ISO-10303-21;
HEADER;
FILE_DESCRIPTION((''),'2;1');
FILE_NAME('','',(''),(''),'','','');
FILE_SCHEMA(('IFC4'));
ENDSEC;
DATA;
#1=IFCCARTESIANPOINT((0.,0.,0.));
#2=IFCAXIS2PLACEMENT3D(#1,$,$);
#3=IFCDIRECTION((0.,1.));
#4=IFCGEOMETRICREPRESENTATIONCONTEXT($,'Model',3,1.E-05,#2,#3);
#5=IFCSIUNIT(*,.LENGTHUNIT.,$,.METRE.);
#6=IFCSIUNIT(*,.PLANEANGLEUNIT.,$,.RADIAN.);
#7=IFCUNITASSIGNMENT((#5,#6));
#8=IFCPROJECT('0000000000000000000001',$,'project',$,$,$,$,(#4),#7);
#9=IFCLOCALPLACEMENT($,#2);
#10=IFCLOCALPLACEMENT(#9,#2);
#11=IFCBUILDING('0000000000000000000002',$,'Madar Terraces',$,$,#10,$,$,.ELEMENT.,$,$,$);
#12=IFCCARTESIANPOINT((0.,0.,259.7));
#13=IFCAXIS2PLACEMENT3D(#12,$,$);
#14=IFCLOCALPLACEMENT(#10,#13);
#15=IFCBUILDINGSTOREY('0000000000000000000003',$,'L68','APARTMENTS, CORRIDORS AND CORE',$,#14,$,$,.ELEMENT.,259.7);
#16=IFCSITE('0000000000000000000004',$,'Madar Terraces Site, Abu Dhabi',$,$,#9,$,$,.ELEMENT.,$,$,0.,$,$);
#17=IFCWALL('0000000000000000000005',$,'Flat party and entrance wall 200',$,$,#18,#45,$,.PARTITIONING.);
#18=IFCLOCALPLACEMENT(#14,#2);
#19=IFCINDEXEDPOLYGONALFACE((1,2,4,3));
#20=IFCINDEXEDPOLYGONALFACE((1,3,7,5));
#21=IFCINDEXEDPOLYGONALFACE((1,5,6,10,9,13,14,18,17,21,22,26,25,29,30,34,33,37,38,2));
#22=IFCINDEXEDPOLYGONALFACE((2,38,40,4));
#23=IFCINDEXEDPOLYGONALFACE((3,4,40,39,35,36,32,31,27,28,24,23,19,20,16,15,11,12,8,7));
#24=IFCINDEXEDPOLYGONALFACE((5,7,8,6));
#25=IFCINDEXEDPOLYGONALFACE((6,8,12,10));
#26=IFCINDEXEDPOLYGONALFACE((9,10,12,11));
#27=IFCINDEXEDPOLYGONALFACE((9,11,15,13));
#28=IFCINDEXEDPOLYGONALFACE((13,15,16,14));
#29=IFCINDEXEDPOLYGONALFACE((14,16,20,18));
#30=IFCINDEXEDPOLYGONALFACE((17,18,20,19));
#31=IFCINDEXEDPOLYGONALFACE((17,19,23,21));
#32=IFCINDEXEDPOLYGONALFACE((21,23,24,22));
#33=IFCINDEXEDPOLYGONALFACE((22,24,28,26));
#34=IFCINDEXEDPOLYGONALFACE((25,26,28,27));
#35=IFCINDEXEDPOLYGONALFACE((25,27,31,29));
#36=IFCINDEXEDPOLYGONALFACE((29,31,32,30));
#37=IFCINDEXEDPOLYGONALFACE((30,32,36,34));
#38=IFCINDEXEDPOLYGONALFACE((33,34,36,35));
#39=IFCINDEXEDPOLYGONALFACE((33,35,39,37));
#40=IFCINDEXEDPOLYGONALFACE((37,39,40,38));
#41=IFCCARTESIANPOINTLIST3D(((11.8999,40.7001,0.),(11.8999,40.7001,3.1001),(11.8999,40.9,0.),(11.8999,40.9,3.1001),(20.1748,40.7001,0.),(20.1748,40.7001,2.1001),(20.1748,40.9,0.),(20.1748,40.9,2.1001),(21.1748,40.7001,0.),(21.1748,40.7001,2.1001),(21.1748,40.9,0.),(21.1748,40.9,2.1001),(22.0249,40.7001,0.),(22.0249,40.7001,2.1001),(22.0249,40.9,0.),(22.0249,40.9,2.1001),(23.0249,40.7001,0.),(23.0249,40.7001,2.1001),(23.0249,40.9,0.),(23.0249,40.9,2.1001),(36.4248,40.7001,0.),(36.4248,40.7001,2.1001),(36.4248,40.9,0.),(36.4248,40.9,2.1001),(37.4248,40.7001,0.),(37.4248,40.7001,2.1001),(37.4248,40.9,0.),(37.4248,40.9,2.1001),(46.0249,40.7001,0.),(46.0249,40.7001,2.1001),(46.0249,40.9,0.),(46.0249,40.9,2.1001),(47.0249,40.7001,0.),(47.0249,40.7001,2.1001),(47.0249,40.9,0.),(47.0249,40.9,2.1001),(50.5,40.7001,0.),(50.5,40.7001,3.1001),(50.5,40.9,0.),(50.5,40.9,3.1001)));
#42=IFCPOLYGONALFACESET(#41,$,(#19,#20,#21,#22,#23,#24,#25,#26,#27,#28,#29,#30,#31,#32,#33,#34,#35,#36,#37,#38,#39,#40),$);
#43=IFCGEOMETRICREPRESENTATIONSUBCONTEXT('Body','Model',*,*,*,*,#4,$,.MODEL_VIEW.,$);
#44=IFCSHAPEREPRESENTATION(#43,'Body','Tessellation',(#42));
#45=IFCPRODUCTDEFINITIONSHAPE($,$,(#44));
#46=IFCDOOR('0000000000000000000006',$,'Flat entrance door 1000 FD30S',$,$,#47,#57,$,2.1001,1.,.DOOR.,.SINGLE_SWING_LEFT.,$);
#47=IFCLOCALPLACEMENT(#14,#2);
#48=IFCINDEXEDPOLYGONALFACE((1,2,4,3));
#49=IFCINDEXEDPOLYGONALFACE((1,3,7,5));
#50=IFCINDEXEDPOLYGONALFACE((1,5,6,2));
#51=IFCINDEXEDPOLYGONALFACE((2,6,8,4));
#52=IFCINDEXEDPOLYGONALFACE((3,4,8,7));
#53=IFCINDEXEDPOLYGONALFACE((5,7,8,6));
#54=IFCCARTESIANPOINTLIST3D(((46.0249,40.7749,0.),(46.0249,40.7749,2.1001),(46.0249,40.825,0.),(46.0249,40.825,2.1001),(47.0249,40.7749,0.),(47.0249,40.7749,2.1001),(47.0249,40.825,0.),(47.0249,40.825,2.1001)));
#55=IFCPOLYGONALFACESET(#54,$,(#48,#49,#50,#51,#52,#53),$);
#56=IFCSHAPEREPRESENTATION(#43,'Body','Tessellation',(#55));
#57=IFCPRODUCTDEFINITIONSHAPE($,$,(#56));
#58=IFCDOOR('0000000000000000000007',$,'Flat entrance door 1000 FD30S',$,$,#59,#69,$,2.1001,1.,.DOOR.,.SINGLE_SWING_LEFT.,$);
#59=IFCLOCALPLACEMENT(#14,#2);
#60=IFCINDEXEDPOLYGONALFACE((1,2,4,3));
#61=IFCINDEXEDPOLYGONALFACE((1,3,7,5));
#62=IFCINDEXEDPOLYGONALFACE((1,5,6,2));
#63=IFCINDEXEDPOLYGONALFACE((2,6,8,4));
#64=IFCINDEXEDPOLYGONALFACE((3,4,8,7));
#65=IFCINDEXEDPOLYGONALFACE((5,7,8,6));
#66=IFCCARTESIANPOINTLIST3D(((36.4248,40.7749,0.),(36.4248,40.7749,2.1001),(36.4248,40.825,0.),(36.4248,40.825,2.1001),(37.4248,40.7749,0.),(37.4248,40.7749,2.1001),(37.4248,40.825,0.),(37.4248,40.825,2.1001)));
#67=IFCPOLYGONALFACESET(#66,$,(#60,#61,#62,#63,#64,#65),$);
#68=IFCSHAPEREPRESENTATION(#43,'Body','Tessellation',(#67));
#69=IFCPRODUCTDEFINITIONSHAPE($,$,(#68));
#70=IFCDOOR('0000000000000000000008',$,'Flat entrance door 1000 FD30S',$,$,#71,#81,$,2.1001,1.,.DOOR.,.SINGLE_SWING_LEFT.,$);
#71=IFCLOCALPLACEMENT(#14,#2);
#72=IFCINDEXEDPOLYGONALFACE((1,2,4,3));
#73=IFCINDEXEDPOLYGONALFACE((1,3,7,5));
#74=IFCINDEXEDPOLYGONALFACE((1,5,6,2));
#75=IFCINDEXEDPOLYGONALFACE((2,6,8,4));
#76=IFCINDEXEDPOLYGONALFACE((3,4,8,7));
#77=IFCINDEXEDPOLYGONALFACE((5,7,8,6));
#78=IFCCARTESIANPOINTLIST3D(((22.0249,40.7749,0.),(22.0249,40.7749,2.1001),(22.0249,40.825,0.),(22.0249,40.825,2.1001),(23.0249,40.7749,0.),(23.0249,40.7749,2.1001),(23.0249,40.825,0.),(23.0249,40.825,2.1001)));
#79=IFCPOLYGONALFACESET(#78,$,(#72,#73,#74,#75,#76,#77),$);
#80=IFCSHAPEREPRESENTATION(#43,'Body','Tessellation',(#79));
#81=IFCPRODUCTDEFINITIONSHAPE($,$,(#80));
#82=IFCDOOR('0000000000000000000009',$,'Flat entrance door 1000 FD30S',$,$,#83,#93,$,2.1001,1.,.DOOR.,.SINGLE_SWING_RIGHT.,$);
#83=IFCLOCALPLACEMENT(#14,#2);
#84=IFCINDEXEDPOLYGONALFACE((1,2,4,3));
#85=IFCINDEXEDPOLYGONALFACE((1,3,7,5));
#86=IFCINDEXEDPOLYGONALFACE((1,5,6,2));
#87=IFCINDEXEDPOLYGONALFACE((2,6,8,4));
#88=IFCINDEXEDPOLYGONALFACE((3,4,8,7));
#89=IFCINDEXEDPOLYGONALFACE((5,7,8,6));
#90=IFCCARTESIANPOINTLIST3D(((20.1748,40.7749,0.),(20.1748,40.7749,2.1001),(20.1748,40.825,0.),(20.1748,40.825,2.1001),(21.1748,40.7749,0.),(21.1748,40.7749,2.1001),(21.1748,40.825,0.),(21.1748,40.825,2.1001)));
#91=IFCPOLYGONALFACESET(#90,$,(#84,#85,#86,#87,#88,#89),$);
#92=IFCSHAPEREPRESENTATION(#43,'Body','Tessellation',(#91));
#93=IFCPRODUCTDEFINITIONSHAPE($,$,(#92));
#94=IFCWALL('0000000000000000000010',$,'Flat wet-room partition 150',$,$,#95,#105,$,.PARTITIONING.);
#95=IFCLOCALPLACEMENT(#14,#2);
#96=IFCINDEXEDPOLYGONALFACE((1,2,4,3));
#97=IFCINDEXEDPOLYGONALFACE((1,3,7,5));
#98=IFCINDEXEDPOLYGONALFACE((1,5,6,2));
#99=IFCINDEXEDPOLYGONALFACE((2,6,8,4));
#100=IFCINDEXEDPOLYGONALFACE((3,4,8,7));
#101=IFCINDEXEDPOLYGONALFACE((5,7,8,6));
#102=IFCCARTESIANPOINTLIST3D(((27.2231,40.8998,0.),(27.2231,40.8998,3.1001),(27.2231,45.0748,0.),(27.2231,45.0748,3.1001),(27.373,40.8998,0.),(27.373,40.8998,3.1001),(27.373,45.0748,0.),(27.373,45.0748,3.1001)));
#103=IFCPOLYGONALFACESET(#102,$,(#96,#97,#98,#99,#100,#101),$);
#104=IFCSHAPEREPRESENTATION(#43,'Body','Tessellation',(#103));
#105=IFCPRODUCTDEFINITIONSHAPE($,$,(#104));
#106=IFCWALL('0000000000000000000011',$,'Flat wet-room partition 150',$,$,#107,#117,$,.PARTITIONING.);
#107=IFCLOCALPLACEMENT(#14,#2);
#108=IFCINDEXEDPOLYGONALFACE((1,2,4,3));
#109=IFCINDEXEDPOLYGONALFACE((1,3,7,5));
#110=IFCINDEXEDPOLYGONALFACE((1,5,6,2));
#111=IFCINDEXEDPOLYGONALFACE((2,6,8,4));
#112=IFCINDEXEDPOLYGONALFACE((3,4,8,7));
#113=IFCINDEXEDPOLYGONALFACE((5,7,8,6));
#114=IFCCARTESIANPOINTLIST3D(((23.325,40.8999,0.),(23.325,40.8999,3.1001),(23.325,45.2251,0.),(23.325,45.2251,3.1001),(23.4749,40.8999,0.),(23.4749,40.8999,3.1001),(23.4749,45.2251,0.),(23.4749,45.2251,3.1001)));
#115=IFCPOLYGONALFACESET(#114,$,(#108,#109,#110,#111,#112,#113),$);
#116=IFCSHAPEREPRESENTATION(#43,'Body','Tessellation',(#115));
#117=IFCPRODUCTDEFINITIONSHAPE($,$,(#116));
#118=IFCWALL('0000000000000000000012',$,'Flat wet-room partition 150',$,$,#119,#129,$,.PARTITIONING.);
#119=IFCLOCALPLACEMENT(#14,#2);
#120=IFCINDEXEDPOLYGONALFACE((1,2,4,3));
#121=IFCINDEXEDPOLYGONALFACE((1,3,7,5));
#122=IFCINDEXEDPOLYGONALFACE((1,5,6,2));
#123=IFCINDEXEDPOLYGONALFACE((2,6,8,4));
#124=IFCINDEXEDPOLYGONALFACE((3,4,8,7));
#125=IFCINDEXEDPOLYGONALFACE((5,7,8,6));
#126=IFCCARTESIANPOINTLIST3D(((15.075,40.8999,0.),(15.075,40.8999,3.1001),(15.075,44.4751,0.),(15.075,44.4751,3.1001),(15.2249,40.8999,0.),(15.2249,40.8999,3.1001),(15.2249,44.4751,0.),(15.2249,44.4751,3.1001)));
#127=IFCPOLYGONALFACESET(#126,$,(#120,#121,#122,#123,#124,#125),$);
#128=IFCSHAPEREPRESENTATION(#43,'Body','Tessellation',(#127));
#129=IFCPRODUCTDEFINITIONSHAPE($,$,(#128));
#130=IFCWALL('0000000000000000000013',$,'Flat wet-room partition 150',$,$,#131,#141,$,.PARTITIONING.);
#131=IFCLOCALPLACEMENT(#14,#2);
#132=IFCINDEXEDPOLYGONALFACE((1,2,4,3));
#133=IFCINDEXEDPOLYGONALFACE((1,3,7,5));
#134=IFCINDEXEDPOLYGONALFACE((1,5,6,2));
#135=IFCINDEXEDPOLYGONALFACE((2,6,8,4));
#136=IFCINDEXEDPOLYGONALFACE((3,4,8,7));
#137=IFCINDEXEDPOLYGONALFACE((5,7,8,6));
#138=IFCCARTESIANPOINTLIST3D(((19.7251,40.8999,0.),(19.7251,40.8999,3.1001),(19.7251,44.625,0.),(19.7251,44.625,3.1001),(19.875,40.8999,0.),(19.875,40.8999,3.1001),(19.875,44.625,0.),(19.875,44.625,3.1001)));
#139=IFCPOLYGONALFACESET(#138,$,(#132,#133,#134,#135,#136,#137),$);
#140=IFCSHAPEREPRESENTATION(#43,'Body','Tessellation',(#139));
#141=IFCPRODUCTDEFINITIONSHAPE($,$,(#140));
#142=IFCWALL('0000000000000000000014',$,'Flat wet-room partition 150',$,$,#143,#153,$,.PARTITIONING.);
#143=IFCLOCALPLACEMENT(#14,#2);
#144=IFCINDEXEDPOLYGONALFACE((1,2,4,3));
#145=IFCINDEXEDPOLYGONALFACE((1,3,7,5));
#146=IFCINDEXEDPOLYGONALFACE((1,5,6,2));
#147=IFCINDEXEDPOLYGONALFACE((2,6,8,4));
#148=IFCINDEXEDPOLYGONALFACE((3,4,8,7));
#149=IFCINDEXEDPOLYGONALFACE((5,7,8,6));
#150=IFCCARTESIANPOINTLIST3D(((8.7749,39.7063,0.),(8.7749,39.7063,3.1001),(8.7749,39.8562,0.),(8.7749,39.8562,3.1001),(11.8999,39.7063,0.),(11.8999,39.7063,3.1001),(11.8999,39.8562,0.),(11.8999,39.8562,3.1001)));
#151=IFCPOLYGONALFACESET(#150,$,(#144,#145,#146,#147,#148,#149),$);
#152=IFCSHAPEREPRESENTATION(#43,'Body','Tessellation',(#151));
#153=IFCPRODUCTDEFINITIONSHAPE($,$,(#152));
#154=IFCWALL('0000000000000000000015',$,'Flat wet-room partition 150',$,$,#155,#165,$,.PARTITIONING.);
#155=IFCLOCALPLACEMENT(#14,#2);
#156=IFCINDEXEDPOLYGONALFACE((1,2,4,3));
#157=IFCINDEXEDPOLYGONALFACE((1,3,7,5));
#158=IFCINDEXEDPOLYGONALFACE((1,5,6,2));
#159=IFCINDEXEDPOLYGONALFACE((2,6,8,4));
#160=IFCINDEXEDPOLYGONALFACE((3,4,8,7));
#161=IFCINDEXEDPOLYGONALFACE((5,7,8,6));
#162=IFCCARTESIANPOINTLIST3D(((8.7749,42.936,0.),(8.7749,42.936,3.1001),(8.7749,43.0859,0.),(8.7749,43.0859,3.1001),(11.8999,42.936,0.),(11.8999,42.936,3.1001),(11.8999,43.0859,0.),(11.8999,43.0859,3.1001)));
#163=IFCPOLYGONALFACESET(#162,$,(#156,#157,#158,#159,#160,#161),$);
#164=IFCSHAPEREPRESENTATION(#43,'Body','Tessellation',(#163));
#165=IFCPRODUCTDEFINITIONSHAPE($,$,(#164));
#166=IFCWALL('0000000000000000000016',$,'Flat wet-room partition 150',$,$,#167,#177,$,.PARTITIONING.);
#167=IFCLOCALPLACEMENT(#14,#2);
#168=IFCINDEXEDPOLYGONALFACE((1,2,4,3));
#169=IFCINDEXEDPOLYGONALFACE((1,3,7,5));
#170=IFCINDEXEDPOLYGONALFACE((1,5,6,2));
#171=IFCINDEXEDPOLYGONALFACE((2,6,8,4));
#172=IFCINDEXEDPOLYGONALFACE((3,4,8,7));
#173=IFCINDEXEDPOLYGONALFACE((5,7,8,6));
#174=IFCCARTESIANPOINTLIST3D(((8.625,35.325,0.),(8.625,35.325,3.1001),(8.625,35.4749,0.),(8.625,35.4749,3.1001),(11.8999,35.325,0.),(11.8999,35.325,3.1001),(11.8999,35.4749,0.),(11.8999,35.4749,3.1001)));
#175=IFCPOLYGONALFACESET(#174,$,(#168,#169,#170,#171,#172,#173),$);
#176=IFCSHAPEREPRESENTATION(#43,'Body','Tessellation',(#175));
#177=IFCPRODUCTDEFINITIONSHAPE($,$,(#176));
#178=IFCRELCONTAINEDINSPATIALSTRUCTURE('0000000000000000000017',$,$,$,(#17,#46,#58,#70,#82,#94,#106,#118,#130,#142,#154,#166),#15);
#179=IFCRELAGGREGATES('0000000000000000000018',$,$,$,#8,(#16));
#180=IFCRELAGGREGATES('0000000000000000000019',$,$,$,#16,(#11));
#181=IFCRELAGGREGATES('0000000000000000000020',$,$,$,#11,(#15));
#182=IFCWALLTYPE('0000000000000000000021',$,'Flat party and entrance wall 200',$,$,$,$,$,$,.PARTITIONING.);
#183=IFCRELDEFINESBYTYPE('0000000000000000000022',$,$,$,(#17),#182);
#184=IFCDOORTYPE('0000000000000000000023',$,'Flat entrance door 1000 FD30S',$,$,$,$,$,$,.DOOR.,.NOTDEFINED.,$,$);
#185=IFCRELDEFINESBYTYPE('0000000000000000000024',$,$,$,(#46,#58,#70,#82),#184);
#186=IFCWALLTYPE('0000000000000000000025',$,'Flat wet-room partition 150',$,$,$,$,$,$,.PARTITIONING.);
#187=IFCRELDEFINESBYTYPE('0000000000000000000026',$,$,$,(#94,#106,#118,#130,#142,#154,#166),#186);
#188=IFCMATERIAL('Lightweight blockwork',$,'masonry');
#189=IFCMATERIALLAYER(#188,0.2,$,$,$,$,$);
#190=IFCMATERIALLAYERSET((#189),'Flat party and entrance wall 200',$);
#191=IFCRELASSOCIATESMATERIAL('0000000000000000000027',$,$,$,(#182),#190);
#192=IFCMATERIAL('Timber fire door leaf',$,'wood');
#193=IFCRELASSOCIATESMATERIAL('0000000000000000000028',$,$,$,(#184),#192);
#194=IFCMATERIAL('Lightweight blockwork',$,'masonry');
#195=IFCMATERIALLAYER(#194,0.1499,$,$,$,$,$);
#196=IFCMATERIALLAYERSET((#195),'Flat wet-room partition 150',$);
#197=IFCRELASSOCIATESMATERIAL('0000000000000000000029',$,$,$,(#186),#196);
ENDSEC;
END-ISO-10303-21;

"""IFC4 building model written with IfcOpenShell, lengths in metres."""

from ifc_helpers import new_model, si_unit, direction, frame, frame_2d, origin, place, context, subcontext, project, spatial, rectangle, extrude, material, layer, layer_set, type_object, element, fill, save


model = new_model("IFC4")

# Units and contexts
model_context = context("Model", 3, precision=1e-05, world=origin(), true_north=direction((0.0, 1.0)))
body_context = subcontext(model_context, "Body", "Model", "MODEL_VIEW")
ifc_project = project(units=[si_unit("LENGTHUNIT", "METRE"), si_unit("PLANEANGLEUNIT", "RADIAN")], contexts=[model_context])

# Site, building, storey
site_placement = place(None, origin())
site = spatial("IfcSite", under=ifc_project, at=site_placement, Name="Madar Terraces Site, Abu Dhabi", CompositionType="ELEMENT", RefElevation=0.0)
building_placement = place(site_placement, origin())
building = spatial("IfcBuilding", under=site, at=building_placement, Name="Madar Terraces", CompositionType="ELEMENT")
storey_placement = place(building_placement, frame((0.0, 0.0, 259.7)))
storey = spatial("IfcBuildingStorey", under=building, at=storey_placement, Name="L68", Description="APARTMENTS, CORRIDORS AND CORE", CompositionType="ELEMENT", Elevation=259.7)

# Wall, openings, doors
ifc_material_1 = material(Name="Lightweight blockwork", Category="masonry")
ifc_layer_1 = layer(ifc_material_1, 0.2)
ifc_layer_set_1 = layer_set([ifc_layer_1], Name="Flat party and entrance wall 200")
wall_type_1 = type_object("IfcWallType", Name="Flat party and entrance wall 200", PredefinedType="PARTITIONING", material=ifc_layer_set_1)
wall_1_placement = place(storey_placement, frame((11.8999, 40.8, 0.0), z_axis=(0.0, 0.0, 1.0), x_axis=(1.0, 0.0, 0.0)))
wall_1 = element("IfcWall", 1, at=wall_1_placement, inside=storey, type_object=wall_type_1, Name="Flat party and entrance wall 200", PredefinedType="PARTITIONING", context=body_context, shape_type="SweptSolid", body=[
    extrude(rectangle(XDim=38.6001, YDim=0.2, at=frame_2d((19.3, 0.0))), origin(), (0.0, 0.0, 1.0), 3.1001),
])
opening_1_placement = place(wall_1_placement, frame((34.125, 0.0, 0.0)))
opening_1 = element("IfcOpeningElement", 2, at=opening_1_placement, cuts=wall_1, PredefinedType="OPENING", context=body_context, shape_type="SweptSolid", body=[
    extrude(rectangle(XDim=1.0, YDim=2.1001, at=frame_2d((0.5, 1.05))), frame((0.0, 0.1099, 0.0), z_axis=(0.0, -1.0, 0.0), x_axis=(1.0, 0.0, 0.0)), (0.0, 0.0, 1.0), 0.22),
])
opening_2_placement = place(wall_1_placement, frame((24.5249, 0.0, 0.0)))
opening_2 = element("IfcOpeningElement", 3, at=opening_2_placement, cuts=wall_1, PredefinedType="OPENING", context=body_context, shape_type="SweptSolid", body=[
    extrude(rectangle(XDim=1.0, YDim=2.1001, at=frame_2d((0.5, 1.05))), frame((0.0, 0.1099, 0.0), z_axis=(0.0, -1.0, 0.0), x_axis=(1.0, 0.0, 0.0)), (0.0, 0.0, 1.0), 0.22),
])
opening_3_placement = place(wall_1_placement, frame((10.125, 0.0, 0.0)))
opening_3 = element("IfcOpeningElement", 4, at=opening_3_placement, cuts=wall_1, PredefinedType="OPENING", context=body_context, shape_type="SweptSolid", body=[
    extrude(rectangle(XDim=1.0, YDim=2.1001, at=frame_2d((0.5, 1.05))), frame((0.0, 0.1099, 0.0), z_axis=(0.0, -1.0, 0.0), x_axis=(1.0, 0.0, 0.0)), (0.0, 0.0, 1.0), 0.22),
])
opening_4_placement = place(wall_1_placement, frame((8.2749, 0.0, 0.0)))
opening_4 = element("IfcOpeningElement", 5, at=opening_4_placement, cuts=wall_1, PredefinedType="OPENING", context=body_context, shape_type="SweptSolid", body=[
    extrude(rectangle(XDim=1.0, YDim=2.1001, at=frame_2d((0.5, 1.05))), frame((0.0, 0.1099, 0.0), z_axis=(0.0, -1.0, 0.0), x_axis=(1.0, 0.0, 0.0)), (0.0, 0.0, 1.0), 0.22),
])
ifc_material_2 = material(Name="Timber fire door leaf", Category="wood")
door_type_1 = type_object("IfcDoorType", Name="Flat entrance door 1000 FD30S", OperationType="NOTDEFINED", PredefinedType="DOOR", material=ifc_material_2)
door_1_placement = place(opening_1_placement, origin())
door_1 = element("IfcDoor", 6, at=door_1_placement, inside=storey, type_object=door_type_1, Name="Flat entrance door 1000 FD30S", OperationType="SINGLE_SWING_LEFT", OverallHeight=2.1001, OverallWidth=1.0, PredefinedType="DOOR", context=body_context, shape_type="SweptSolid", body=[
    extrude(rectangle(XDim=1.0, YDim=2.1001, at=frame_2d((0.5, 1.05))), frame((0.0, 0.0249, 0.0), z_axis=(0.0, -1.0, 0.0), x_axis=(1.0, 0.0, 0.0)), (0.0, 0.0, 1.0), 0.05),
])
fill(opening_1, door_1)
door_2_placement = place(opening_2_placement, origin())
door_2 = element("IfcDoor", 7, at=door_2_placement, inside=storey, type_object=door_type_1, Name="Flat entrance door 1000 FD30S", OperationType="SINGLE_SWING_LEFT", OverallHeight=2.1001, OverallWidth=1.0, PredefinedType="DOOR", context=body_context, shape_type="SweptSolid", body=[
    extrude(rectangle(XDim=1.0, YDim=2.1001, at=frame_2d((0.5, 1.05))), frame((0.0, 0.0249, 0.0), z_axis=(0.0, -1.0, 0.0), x_axis=(1.0, 0.0, 0.0)), (0.0, 0.0, 1.0), 0.05),
])
fill(opening_2, door_2)
door_3_placement = place(opening_3_placement, origin())
door_3 = element("IfcDoor", 8, at=door_3_placement, inside=storey, type_object=door_type_1, Name="Flat entrance door 1000 FD30S", OperationType="SINGLE_SWING_LEFT", OverallHeight=2.1001, OverallWidth=1.0, PredefinedType="DOOR", context=body_context, shape_type="SweptSolid", body=[
    extrude(rectangle(XDim=1.0, YDim=2.1001, at=frame_2d((0.5, 1.05))), frame((0.0, 0.0249, 0.0), z_axis=(0.0, -1.0, 0.0), x_axis=(1.0, 0.0, 0.0)), (0.0, 0.0, 1.0), 0.05),
])
fill(opening_3, door_3)
door_4_placement = place(opening_4_placement, origin())
door_4 = element("IfcDoor", 9, at=door_4_placement, inside=storey, type_object=door_type_1, Name="Flat entrance door 1000 FD30S", OperationType="SINGLE_SWING_RIGHT", OverallHeight=2.1001, OverallWidth=1.0, PredefinedType="DOOR", context=body_context, shape_type="SweptSolid", body=[
    extrude(rectangle(XDim=1.0, YDim=2.1001, at=frame_2d((0.5, 1.05))), frame((0.0, 0.0249, 0.0), z_axis=(0.0, -1.0, 0.0), x_axis=(1.0, 0.0, 0.0)), (0.0, 0.0, 1.0), 0.05),
])
fill(opening_4, door_4)

# Walls
ifc_material_3 = material(Name="Lightweight blockwork", Category="masonry")
ifc_layer_2 = layer(ifc_material_3, 0.1499)
ifc_layer_set_2 = layer_set([ifc_layer_2], Name="Flat wet-room partition 150")
wall_type_2 = type_object("IfcWallType", Name="Flat wet-room partition 150", PredefinedType="PARTITIONING", material=ifc_layer_set_2)
wall_2_placement = place(storey_placement, frame((27.2981, 40.8999, 0.0), z_axis=(0.0, 0.0, 1.0), x_axis=(0.0, 1.0, 0.0)))
element("IfcWall", 10, at=wall_2_placement, inside=storey, type_object=wall_type_2, Name="Flat wet-room partition 150", PredefinedType="PARTITIONING", context=body_context, shape_type="SweptSolid", body=[
    extrude(rectangle(XDim=4.175, YDim=0.1499, at=frame_2d((2.0874, 0.0))), origin(), (0.0, 0.0, 1.0), 3.1001),
])
wall_3_placement = place(storey_placement, frame((23.3999, 40.8999, 0.0), z_axis=(0.0, 0.0, 1.0), x_axis=(0.0, 1.0, 0.0)))
element("IfcWall", 11, at=wall_3_placement, inside=storey, type_object=wall_type_2, Name="Flat wet-room partition 150", PredefinedType="PARTITIONING", context=body_context, shape_type="SweptSolid", body=[
    extrude(rectangle(XDim=4.3252, YDim=0.1499, at=frame_2d((2.1626, 0.0))), origin(), (0.0, 0.0, 1.0), 3.1001),
])
wall_4_placement = place(storey_placement, frame((15.1499, 40.8999, 0.0), z_axis=(0.0, 0.0, 1.0), x_axis=(0.0, 1.0, 0.0)))
element("IfcWall", 12, at=wall_4_placement, inside=storey, type_object=wall_type_2, Name="Flat wet-room partition 150", PredefinedType="PARTITIONING", context=body_context, shape_type="SweptSolid", body=[
    extrude(rectangle(XDim=3.5752, YDim=0.1499, at=frame_2d((1.7876, 0.0))), origin(), (0.0, 0.0, 1.0), 3.1001),
])
wall_5_placement = place(storey_placement, frame((19.8, 40.8999, 0.0), z_axis=(0.0, 0.0, 1.0), x_axis=(0.0, 1.0, 0.0)))
element("IfcWall", 13, at=wall_5_placement, inside=storey, type_object=wall_type_2, Name="Flat wet-room partition 150", PredefinedType="PARTITIONING", context=body_context, shape_type="SweptSolid", body=[
    extrude(rectangle(XDim=3.7251, YDim=0.1499, at=frame_2d((1.8625, 0.0))), origin(), (0.0, 0.0, 1.0), 3.1001),
])
for number, where, z_axis, x_axis, name in (
    (14, (11.8999, 39.7812, 0.0), (0.0, 0.0, 1.0), (-1.0, 0.0, 0.0), "Flat wet-room partition 150"),
    (15, (11.8999, 43.011, 0.0), (0.0, 0.0, 1.0), (-1.0, 0.0, 0.0), "Flat wet-room partition 150"),
):
    element("IfcWall", number, at=place(storey_placement, frame(where, z_axis=z_axis, x_axis=x_axis)), inside=storey, type_object=wall_type_2, Name=name, PredefinedType="PARTITIONING", context=body_context, shape_type="SweptSolid", body=[
        extrude(rectangle(XDim=3.125, YDim=0.1499, at=frame_2d((1.5625, 0.0))), origin(), (0.0, 0.0, 1.0), 3.1001),
    ])
wall_6_placement = place(storey_placement, frame((11.8999, 35.3999, 0.0), z_axis=(0.0, 0.0, 1.0), x_axis=(-1.0, 0.0, 0.0)))
element("IfcWall", 16, at=wall_6_placement, inside=storey, type_object=wall_type_2, Name="Flat wet-room partition 150", PredefinedType="PARTITIONING", context=body_context, shape_type="SweptSolid", body=[
    extrude(rectangle(XDim=3.2749, YDim=0.1499, at=frame_2d((1.6375, 0.0))), origin(), (0.0, 0.0, 1.0), 3.1001),
])

save(model, "model.ifc")
